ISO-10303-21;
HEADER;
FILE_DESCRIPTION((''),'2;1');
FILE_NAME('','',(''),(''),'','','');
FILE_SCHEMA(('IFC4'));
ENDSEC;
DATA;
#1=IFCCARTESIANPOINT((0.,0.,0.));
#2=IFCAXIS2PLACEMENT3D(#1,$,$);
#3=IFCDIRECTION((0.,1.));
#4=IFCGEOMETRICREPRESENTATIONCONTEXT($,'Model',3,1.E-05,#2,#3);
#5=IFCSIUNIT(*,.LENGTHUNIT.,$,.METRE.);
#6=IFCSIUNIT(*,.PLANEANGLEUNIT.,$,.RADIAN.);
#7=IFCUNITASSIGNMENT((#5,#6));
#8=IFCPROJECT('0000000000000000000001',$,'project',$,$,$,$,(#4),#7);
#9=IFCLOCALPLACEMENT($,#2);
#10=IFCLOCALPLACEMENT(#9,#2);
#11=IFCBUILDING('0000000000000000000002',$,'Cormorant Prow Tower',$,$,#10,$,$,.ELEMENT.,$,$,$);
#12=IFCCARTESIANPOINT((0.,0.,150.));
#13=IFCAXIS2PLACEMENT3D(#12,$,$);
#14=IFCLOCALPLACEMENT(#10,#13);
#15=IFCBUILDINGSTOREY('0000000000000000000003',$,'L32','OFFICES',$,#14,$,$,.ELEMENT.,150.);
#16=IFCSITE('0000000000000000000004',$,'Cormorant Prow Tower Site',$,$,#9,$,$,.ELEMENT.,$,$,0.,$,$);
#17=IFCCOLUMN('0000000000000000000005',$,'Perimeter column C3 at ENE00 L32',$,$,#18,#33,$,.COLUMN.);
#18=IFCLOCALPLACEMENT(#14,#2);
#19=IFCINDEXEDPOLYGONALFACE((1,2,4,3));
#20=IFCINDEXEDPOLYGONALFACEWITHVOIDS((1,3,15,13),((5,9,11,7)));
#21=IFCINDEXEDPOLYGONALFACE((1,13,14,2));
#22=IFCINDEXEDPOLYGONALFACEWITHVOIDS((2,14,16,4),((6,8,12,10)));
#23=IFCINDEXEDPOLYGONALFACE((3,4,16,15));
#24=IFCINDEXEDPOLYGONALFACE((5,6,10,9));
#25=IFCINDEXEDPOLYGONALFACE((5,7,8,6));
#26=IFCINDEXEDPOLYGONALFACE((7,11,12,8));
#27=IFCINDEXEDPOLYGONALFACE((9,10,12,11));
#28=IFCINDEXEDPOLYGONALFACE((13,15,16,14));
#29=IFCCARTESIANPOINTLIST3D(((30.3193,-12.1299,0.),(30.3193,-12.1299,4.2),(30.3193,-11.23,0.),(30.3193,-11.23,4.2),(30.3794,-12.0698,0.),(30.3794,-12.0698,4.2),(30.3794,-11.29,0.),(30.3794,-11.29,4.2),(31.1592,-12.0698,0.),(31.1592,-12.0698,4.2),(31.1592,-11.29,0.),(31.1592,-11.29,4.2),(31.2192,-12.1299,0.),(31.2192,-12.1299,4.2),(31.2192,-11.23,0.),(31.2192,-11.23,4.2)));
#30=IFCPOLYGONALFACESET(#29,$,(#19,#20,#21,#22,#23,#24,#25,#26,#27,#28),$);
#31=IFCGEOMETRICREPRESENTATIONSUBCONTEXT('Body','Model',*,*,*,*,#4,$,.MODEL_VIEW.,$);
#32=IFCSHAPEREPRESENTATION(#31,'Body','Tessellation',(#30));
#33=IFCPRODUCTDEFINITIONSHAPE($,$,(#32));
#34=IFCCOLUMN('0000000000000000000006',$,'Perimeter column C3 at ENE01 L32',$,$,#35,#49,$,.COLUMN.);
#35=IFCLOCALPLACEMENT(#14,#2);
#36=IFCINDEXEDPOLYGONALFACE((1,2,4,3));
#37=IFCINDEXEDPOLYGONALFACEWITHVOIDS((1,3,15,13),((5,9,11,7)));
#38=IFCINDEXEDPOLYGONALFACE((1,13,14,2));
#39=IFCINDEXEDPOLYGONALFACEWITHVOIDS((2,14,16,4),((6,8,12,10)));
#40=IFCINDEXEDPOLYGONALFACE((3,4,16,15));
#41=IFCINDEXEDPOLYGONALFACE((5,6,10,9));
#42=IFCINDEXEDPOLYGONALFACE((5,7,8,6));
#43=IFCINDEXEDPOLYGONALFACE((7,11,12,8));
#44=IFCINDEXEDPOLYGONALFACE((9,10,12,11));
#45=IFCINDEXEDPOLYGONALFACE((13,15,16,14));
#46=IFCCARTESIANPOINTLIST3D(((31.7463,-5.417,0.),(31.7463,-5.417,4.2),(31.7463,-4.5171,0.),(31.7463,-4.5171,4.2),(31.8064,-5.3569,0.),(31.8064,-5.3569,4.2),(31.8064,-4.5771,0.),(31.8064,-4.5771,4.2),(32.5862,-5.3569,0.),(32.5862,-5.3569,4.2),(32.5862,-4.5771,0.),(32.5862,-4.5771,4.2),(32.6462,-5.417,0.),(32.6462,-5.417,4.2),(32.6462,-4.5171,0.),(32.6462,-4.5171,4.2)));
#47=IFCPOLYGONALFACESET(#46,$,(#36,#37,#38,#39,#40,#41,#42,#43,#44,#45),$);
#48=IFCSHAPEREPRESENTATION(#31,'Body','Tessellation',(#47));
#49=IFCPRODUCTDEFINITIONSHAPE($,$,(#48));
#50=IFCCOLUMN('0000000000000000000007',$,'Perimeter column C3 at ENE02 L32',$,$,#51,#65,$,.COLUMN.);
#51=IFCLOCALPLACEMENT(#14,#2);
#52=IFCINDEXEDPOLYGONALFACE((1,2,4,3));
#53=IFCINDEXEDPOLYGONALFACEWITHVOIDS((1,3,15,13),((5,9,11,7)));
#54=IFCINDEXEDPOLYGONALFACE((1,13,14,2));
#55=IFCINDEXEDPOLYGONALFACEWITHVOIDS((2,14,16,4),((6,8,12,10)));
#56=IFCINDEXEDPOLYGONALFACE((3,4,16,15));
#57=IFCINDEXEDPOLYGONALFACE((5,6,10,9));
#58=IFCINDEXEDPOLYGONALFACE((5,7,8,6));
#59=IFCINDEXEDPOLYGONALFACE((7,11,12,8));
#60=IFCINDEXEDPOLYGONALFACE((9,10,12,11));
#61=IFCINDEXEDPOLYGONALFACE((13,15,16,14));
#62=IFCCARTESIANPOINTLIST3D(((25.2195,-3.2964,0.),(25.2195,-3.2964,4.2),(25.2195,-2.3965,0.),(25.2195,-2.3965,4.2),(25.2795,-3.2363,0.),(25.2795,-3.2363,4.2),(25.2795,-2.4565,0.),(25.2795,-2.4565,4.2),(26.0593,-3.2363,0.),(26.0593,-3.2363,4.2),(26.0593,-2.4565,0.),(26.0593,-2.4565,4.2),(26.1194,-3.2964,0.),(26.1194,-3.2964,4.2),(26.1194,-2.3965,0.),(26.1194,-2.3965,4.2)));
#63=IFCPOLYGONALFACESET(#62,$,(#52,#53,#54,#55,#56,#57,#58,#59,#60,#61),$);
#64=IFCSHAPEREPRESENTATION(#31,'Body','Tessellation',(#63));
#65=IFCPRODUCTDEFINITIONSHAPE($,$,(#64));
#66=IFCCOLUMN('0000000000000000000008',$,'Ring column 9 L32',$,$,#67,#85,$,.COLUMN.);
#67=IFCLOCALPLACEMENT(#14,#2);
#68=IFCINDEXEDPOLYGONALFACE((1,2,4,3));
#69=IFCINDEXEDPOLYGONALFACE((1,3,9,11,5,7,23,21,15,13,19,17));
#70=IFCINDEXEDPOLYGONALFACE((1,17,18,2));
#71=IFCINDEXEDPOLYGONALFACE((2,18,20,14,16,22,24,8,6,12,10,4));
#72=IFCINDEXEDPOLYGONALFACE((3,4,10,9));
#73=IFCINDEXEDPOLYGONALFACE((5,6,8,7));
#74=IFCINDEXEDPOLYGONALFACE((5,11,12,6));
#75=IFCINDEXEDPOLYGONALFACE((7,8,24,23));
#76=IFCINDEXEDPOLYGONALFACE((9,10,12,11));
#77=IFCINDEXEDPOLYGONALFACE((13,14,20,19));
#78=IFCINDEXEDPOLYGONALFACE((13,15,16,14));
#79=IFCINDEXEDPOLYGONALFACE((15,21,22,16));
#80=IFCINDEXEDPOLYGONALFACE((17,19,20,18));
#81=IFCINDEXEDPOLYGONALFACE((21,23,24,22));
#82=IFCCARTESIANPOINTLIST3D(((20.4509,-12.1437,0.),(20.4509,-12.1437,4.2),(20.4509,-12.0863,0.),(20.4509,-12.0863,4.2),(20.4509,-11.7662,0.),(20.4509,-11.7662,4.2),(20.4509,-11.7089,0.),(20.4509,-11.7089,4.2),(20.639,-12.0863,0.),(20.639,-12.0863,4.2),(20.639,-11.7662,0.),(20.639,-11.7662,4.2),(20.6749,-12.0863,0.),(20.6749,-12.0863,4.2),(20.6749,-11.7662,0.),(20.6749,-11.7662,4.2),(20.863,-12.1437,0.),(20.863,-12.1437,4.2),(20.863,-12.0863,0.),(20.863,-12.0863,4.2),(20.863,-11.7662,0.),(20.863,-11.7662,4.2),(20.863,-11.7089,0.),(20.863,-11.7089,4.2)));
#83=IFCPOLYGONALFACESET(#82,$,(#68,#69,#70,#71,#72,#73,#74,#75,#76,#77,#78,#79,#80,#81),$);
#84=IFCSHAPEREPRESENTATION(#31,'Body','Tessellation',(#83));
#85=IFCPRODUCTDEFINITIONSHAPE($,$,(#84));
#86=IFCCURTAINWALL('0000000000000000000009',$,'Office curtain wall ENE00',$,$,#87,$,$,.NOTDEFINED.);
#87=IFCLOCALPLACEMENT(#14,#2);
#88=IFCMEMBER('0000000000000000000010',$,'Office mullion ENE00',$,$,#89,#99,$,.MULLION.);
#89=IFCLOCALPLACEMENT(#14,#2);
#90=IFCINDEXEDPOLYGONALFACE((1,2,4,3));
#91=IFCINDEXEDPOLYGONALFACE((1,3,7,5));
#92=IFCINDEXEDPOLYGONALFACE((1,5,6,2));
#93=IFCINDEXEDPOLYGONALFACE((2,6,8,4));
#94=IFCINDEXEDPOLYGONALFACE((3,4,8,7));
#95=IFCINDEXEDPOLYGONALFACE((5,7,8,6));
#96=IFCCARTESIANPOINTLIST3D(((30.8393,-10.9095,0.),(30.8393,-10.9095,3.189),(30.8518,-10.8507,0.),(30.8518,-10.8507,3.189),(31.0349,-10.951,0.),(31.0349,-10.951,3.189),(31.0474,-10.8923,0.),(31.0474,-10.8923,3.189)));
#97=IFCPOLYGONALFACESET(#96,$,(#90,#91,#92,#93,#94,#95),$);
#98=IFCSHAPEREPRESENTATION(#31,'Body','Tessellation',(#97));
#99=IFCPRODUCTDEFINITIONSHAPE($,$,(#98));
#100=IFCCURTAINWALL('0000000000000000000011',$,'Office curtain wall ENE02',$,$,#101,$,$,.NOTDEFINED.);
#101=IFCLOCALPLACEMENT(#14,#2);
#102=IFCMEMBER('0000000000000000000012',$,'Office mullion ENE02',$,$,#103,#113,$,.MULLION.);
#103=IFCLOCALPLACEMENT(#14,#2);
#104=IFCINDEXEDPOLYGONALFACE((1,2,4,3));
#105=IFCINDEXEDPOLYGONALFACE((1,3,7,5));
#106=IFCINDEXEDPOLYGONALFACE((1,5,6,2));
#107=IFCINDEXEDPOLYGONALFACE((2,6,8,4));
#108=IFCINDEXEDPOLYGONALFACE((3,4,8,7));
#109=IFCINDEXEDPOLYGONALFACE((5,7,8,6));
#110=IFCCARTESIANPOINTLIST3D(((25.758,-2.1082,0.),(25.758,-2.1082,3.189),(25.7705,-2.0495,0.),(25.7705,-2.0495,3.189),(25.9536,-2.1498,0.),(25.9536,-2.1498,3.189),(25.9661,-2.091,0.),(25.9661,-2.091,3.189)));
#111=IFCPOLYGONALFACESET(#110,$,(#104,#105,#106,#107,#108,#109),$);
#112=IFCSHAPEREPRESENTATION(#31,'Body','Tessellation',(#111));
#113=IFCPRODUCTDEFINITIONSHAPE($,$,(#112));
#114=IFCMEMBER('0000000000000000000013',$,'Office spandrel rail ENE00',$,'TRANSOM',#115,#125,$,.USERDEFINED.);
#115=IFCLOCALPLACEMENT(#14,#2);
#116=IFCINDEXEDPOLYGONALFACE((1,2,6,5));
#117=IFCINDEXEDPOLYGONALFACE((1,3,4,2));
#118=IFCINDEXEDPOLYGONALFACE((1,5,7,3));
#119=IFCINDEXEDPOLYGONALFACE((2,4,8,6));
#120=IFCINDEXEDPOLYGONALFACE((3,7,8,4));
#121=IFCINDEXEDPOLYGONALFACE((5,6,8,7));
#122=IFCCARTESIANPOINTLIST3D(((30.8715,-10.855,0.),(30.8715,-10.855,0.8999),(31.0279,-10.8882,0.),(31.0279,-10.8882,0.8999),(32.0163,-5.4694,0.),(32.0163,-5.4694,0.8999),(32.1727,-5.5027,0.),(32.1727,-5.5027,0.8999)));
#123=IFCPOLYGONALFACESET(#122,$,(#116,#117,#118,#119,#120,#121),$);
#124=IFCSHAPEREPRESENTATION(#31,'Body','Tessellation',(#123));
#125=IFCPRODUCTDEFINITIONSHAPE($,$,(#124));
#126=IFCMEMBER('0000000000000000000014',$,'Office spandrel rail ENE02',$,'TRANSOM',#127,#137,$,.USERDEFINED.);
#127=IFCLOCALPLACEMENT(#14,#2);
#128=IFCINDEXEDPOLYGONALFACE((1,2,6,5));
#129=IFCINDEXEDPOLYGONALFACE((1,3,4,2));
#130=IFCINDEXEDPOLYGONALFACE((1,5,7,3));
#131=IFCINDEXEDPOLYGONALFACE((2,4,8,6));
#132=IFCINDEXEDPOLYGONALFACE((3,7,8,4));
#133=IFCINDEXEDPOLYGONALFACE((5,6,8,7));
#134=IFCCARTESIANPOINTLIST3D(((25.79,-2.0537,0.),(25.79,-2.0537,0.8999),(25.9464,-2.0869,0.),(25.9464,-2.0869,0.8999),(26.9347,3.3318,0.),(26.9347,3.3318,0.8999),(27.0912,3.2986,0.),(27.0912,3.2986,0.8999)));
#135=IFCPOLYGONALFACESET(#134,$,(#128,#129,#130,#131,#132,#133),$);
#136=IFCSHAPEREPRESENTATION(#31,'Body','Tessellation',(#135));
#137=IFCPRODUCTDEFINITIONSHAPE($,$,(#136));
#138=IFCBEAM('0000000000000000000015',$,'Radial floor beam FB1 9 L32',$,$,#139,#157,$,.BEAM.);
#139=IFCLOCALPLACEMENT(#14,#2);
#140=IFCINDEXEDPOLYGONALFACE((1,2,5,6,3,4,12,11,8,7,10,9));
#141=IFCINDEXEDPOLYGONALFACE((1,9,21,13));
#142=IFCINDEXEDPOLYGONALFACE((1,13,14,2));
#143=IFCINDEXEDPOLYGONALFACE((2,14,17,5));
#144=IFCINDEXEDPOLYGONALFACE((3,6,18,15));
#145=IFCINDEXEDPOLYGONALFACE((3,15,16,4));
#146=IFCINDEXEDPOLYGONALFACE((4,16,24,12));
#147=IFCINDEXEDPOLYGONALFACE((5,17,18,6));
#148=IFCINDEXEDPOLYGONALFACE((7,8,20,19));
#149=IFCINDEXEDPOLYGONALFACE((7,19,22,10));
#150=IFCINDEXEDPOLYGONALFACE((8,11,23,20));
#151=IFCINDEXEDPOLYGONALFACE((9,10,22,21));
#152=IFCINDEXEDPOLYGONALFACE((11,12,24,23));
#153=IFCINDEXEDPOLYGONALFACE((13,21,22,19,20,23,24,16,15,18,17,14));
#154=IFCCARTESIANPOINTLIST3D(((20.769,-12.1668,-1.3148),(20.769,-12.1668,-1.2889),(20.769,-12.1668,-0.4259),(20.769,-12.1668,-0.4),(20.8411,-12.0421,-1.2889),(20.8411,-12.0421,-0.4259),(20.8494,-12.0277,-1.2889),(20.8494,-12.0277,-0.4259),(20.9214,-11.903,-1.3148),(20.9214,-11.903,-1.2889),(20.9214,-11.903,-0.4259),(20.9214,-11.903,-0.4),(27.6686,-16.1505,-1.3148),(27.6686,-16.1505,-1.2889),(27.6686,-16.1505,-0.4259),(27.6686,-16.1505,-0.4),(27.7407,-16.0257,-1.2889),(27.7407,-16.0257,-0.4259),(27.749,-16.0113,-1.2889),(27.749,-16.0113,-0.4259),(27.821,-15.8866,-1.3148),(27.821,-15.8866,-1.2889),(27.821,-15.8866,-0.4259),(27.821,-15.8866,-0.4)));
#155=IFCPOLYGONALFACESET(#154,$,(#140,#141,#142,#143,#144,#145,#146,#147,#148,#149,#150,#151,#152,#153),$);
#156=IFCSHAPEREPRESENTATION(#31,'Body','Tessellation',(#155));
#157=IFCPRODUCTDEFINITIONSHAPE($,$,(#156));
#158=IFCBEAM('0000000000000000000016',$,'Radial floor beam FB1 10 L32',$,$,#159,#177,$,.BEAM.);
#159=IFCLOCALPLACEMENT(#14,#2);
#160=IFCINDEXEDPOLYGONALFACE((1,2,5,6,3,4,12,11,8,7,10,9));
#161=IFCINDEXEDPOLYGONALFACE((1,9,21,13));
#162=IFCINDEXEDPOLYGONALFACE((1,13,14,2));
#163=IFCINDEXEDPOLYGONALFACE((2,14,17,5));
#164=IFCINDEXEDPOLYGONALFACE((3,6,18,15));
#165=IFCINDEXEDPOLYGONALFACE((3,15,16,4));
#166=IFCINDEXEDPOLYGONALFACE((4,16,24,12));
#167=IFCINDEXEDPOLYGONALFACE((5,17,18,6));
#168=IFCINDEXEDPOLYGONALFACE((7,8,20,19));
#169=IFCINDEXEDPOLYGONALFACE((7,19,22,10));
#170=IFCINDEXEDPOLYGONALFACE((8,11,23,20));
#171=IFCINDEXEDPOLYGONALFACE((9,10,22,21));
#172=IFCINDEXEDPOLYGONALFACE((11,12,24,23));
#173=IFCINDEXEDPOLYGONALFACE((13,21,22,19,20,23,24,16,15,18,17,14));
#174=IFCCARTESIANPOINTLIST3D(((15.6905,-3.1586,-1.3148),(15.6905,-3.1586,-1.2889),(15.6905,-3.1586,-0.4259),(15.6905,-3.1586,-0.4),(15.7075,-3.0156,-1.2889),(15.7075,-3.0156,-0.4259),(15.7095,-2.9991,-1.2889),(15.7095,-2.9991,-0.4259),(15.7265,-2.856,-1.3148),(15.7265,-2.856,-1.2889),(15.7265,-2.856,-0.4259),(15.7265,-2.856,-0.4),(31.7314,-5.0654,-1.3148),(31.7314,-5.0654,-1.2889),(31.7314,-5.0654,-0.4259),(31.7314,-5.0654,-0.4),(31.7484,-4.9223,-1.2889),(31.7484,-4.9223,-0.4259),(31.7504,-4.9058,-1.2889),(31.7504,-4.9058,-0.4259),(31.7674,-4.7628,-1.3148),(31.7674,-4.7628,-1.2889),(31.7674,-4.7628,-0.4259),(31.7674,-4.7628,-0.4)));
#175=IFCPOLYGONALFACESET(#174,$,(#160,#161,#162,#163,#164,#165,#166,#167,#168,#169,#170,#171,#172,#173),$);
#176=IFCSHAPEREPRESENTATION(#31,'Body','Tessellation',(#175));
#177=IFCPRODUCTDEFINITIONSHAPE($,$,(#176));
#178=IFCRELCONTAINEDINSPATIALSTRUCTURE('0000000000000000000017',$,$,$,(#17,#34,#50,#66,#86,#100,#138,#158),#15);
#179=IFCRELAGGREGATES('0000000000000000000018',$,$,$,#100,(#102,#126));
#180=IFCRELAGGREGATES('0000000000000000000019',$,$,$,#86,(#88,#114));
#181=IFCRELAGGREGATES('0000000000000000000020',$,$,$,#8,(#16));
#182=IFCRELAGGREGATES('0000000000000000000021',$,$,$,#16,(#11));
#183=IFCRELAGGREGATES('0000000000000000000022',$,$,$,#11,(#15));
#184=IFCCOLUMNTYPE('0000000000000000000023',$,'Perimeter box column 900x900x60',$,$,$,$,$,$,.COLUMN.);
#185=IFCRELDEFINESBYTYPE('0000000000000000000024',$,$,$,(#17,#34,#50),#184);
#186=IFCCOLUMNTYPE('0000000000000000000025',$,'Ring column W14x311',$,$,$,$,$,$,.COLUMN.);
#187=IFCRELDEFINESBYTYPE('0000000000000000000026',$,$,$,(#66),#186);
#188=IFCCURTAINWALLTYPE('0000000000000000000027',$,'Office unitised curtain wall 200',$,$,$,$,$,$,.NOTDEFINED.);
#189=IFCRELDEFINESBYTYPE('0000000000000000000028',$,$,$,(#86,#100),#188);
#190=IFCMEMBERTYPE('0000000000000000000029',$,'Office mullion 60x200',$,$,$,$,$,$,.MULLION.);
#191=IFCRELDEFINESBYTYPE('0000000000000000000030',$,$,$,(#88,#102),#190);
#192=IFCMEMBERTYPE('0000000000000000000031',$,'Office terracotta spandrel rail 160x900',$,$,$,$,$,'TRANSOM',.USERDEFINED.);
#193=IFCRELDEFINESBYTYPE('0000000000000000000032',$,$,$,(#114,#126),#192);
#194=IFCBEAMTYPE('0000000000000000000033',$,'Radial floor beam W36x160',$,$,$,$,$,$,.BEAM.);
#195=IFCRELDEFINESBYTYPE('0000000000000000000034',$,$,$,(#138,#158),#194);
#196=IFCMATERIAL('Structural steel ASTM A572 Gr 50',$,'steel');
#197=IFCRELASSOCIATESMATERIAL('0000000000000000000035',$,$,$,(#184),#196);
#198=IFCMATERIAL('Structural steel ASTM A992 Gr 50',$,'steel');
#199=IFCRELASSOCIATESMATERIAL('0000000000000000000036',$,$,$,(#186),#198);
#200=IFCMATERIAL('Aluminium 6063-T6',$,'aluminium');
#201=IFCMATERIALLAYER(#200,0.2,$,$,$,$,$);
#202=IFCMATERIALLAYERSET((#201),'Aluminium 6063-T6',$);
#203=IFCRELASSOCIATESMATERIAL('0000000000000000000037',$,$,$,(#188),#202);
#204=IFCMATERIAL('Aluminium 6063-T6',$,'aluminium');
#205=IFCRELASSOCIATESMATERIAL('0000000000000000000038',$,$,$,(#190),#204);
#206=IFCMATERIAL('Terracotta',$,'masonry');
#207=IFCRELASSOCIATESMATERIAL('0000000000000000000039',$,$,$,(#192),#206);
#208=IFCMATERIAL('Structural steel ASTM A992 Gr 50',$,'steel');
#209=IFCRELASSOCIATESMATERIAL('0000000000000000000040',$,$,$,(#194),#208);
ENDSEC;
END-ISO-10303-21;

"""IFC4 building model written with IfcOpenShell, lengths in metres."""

from ifc_helpers import new_model, si_unit, direction, frame, origin, origin_2d, place, context, subcontext, project, spatial, rectangle, hollow_rectangle, i_section, extrude, material, layer, layer_set, material_profile, profile_set, type_object, element, aggregate, save


model = new_model("IFC4")

# Units and contexts
model_context = context("Model", 3, precision=1e-05, world=origin(), true_north=direction((0.0, 1.0)))
body_context = subcontext(model_context, "Body", "Model", "MODEL_VIEW")
ifc_project = project(units=[si_unit("LENGTHUNIT", "METRE"), si_unit("PLANEANGLEUNIT", "RADIAN")], contexts=[model_context])

# Site, building, storey
site_placement = place(None, origin())
site = spatial("IfcSite", under=ifc_project, at=site_placement, Name="Cormorant Prow Tower Site", CompositionType="ELEMENT", RefElevation=0.0)
building_placement = place(site_placement, origin())
building = spatial("IfcBuilding", under=site, at=building_placement, Name="Cormorant Prow Tower", CompositionType="ELEMENT")
storey_placement = place(building_placement, frame((0.0, 0.0, 150.0)))
storey = spatial("IfcBuildingStorey", under=building, at=storey_placement, Name="L32", Description="OFFICES", CompositionType="ELEMENT", Elevation=150.0)

# Columns
ifc_material_1 = material(Name="Structural steel ASTM A572 Gr 50", Category="steel")
ifc_material_profile_1 = material_profile(ifc_material_1, hollow_rectangle(XDim=0.8999, YDim=0.8999, WallThickness=0.0601, at=origin_2d()), Name="Box 900x900x60")
ifc_profile_set_1 = profile_set([ifc_material_profile_1], Name="Structural steel ASTM A572 Gr 50")
column_type_1 = type_object("IfcColumnType", Name="Perimeter box column 900x900x60", PredefinedType="COLUMN", material=ifc_profile_set_1)
for number, where, z_axis, x_axis, name in (
    (1, (30.7693, -11.6799, 0.0), (0.0, 0.0, 1.0), (1.0, 0.0, 0.0), "Perimeter column C3 at ENE00 L32"),
    (2, (32.1963, -4.967, 0.0), (0.0, 0.0, 1.0), (1.0, 0.0, 0.0), "Perimeter column C3 at ENE01 L32"),
    (3, (25.6694, -2.8464, 0.0), (0.0, 0.0, 1.0), (1.0, 0.0, 0.0), "Perimeter column C3 at ENE02 L32"),
):
    element("IfcColumn", number, at=place(storey_placement, frame(where, z_axis=z_axis, x_axis=x_axis)), inside=storey, type_object=column_type_1, Name=name, PredefinedType="COLUMN", context=body_context, shape_type="SweptSolid", body=[
        extrude(hollow_rectangle(XDim=0.8999, YDim=0.8999, WallThickness=0.0601, at=origin_2d()), origin(), (0.0, 0.0, 1.0), 4.2),
    ])
ifc_material_2 = material(Name="Structural steel ASTM A992 Gr 50", Category="steel")
ifc_material_profile_2 = material_profile(ifc_material_2, i_section(OverallWidth=0.4121, OverallDepth=0.4348, WebThickness=0.0359, FlangeThickness=0.0574, at=origin_2d()), Name="W14x311")
ifc_profile_set_2 = profile_set([ifc_material_profile_2], Name="Structural steel ASTM A992 Gr 50")
column_type_2 = type_object("IfcColumnType", Name="Ring column W14x311", PredefinedType="COLUMN", material=ifc_profile_set_2)
column_placement = place(storey_placement, frame((20.657, -11.9263, 0.0), z_axis=(0.0, 0.0, 1.0), x_axis=(1.0, 0.0, 0.0)))
element("IfcColumn", 4, at=column_placement, inside=storey, type_object=column_type_2, Name="Ring column 9 L32", PredefinedType="COLUMN", context=body_context, shape_type="SweptSolid", body=[
    extrude(i_section(OverallWidth=0.4121, OverallDepth=0.4348, WebThickness=0.0359, FlangeThickness=0.0574, at=origin_2d()), origin(), (0.0, 0.0, 1.0), 4.2),
])

# Curtain walls, members
ifc_material_3 = material(Name="Aluminium 6063-T6", Category="aluminium")
ifc_layer_1 = layer(ifc_material_3, 0.2)
ifc_layer_set_1 = layer_set([ifc_layer_1], Name="Aluminium 6063-T6")
curtain_wall_type = type_object("IfcCurtainWallType", Name="Office unitised curtain wall 200", PredefinedType="NOTDEFINED", material=ifc_layer_set_1)
curtain_wall_1_placement = place(storey_placement, origin())
curtain_wall_1 = element("IfcCurtainWall", 5, at=curtain_wall_1_placement, inside=storey, type_object=curtain_wall_type, Name="Office curtain wall ENE00", PredefinedType="NOTDEFINED")
ifc_material_4 = material(Name="Aluminium 6063-T6", Category="aluminium")
ifc_material_profile_3 = material_profile(ifc_material_4, rectangle(XDim=0.2, YDim=0.0601, at=origin_2d()), Name="Office mullion 60x200")
ifc_profile_set_3 = profile_set([ifc_material_profile_3], Name="Aluminium 6063-T6")
member_type_1 = type_object("IfcMemberType", Name="Office mullion 60x200", PredefinedType="MULLION", material=ifc_profile_set_3)
member_1_placement = place(storey_placement, frame((30.9434, -10.9009, 0.0), z_axis=(0.0, 0.0, 1.0), x_axis=(-0.978148, 0.207912, 0.0)))
member_1 = element("IfcMember", 6, at=member_1_placement, type_object=member_type_1, Name="Office mullion ENE00", PredefinedType="MULLION", context=body_context, shape_type="SweptSolid", body=[
    extrude(rectangle(XDim=0.2, YDim=0.0601, at=origin_2d()), origin(), (0.0, 0.0, 1.0), 3.189),
])
curtain_wall_2_placement = place(storey_placement, origin())
curtain_wall_2 = element("IfcCurtainWall", 7, at=curtain_wall_2_placement, inside=storey, type_object=curtain_wall_type, Name="Office curtain wall ENE02", PredefinedType="NOTDEFINED")
member_2_placement = place(storey_placement, frame((25.8621, -2.0996, 0.0), z_axis=(0.0, 0.0, 1.0), x_axis=(-0.978148, 0.207912, 0.0)))
member_2 = element("IfcMember", 8, at=member_2_placement, type_object=member_type_1, Name="Office mullion ENE02", PredefinedType="MULLION", context=body_context, shape_type="SweptSolid", body=[
    extrude(rectangle(XDim=0.2, YDim=0.0601, at=origin_2d()), origin(), (0.0, 0.0, 1.0), 3.189),
])

# Members
ifc_material_5 = material(Name="Terracotta", Category="masonry")
ifc_material_profile_4 = material_profile(ifc_material_5, rectangle(XDim=0.1599, YDim=0.8999, at=origin_2d()), Name="Office terracotta spandrel rail 160x900")
ifc_profile_set_4 = profile_set([ifc_material_profile_4], Name="Terracotta")
member_type_2 = type_object("IfcMemberType", Name="Office terracotta spandrel rail 160x900", ElementType="TRANSOM", PredefinedType="USERDEFINED", material=ifc_profile_set_4)
member_3_placement = place(storey_placement, frame((30.9497, -10.8716, 0.45), z_axis=(0.207921, 0.978146, 0.0), x_axis=(-0.978146, 0.207921, 0.0)))
member_3 = element("IfcMember", 9, at=member_3_placement, type_object=member_type_2, Name="Office spandrel rail ENE00", ObjectType="TRANSOM", PredefinedType="USERDEFINED", context=body_context, shape_type="SweptSolid", body=[
    extrude(rectangle(XDim=0.1599, YDim=0.8999, at=origin_2d()), origin(), (0.0, 0.0, 1.0), 5.5059),
])
member_4_placement = place(storey_placement, frame((25.8682, -2.0703, 0.45), z_axis=(0.207921, 0.978146, 0.0), x_axis=(-0.978146, 0.207921, 0.0)))
member_4 = element("IfcMember", 10, at=member_4_placement, type_object=member_type_2, Name="Office spandrel rail ENE02", ObjectType="TRANSOM", PredefinedType="USERDEFINED", context=body_context, shape_type="SweptSolid", body=[
    extrude(rectangle(XDim=0.1599, YDim=0.8999, at=origin_2d()), origin(), (0.0, 0.0, 1.0), 5.5059),
])
aggregate(curtain_wall_2, [member_2, member_4])

# Beams
ifc_material_6 = material(Name="Structural steel ASTM A992 Gr 50", Category="steel")
ifc_material_profile_5 = material_profile(ifc_material_6, i_section(OverallWidth=0.3047, OverallDepth=0.9148, WebThickness=0.0166, FlangeThickness=0.0259, at=origin_2d()), Name="W36x160")
ifc_profile_set_5 = profile_set([ifc_material_profile_5], Name="Structural steel ASTM A992 Gr 50")
beam_type_1 = type_object("IfcBeamType", Name="Radial floor beam W36x160", PredefinedType="BEAM", material=ifc_profile_set_5)
beam_1_placement = place(storey_placement, frame((20.8452, -12.0349, -0.8574), z_axis=(0.866019, -0.500012, 0.0), x_axis=(0.500012, 0.866019, 0.0)))
element("IfcBeam", 11, at=beam_1_placement, inside=storey, type_object=beam_type_1, Name="Radial floor beam FB1 9 L32", PredefinedType="BEAM", context=body_context, shape_type="SweptSolid", body=[
    extrude(i_section(OverallWidth=0.3047, OverallDepth=0.9148, WebThickness=0.0166, FlangeThickness=0.0259, at=origin_2d()), origin(), (0.0, 0.0, 1.0), 7.967),
])
beam_2_placement = place(storey_placement, frame((15.7085, -3.0073, -0.8574), z_axis=(0.993009, -0.118037, 0.0), x_axis=(0.118037, 0.993009, 0.0)))
element("IfcBeam", 12, at=beam_2_placement, inside=storey, type_object=beam_type_1, Name="Radial floor beam FB1 10 L32", PredefinedType="BEAM", context=body_context, shape_type="SweptSolid", body=[
    extrude(i_section(OverallWidth=0.3047, OverallDepth=0.9148, WebThickness=0.0166, FlangeThickness=0.0259, at=origin_2d()), origin(), (0.0, 0.0, 1.0), 16.1538),
])

aggregate(curtain_wall_1, [member_1, member_3])

save(model, "model.ifc")
